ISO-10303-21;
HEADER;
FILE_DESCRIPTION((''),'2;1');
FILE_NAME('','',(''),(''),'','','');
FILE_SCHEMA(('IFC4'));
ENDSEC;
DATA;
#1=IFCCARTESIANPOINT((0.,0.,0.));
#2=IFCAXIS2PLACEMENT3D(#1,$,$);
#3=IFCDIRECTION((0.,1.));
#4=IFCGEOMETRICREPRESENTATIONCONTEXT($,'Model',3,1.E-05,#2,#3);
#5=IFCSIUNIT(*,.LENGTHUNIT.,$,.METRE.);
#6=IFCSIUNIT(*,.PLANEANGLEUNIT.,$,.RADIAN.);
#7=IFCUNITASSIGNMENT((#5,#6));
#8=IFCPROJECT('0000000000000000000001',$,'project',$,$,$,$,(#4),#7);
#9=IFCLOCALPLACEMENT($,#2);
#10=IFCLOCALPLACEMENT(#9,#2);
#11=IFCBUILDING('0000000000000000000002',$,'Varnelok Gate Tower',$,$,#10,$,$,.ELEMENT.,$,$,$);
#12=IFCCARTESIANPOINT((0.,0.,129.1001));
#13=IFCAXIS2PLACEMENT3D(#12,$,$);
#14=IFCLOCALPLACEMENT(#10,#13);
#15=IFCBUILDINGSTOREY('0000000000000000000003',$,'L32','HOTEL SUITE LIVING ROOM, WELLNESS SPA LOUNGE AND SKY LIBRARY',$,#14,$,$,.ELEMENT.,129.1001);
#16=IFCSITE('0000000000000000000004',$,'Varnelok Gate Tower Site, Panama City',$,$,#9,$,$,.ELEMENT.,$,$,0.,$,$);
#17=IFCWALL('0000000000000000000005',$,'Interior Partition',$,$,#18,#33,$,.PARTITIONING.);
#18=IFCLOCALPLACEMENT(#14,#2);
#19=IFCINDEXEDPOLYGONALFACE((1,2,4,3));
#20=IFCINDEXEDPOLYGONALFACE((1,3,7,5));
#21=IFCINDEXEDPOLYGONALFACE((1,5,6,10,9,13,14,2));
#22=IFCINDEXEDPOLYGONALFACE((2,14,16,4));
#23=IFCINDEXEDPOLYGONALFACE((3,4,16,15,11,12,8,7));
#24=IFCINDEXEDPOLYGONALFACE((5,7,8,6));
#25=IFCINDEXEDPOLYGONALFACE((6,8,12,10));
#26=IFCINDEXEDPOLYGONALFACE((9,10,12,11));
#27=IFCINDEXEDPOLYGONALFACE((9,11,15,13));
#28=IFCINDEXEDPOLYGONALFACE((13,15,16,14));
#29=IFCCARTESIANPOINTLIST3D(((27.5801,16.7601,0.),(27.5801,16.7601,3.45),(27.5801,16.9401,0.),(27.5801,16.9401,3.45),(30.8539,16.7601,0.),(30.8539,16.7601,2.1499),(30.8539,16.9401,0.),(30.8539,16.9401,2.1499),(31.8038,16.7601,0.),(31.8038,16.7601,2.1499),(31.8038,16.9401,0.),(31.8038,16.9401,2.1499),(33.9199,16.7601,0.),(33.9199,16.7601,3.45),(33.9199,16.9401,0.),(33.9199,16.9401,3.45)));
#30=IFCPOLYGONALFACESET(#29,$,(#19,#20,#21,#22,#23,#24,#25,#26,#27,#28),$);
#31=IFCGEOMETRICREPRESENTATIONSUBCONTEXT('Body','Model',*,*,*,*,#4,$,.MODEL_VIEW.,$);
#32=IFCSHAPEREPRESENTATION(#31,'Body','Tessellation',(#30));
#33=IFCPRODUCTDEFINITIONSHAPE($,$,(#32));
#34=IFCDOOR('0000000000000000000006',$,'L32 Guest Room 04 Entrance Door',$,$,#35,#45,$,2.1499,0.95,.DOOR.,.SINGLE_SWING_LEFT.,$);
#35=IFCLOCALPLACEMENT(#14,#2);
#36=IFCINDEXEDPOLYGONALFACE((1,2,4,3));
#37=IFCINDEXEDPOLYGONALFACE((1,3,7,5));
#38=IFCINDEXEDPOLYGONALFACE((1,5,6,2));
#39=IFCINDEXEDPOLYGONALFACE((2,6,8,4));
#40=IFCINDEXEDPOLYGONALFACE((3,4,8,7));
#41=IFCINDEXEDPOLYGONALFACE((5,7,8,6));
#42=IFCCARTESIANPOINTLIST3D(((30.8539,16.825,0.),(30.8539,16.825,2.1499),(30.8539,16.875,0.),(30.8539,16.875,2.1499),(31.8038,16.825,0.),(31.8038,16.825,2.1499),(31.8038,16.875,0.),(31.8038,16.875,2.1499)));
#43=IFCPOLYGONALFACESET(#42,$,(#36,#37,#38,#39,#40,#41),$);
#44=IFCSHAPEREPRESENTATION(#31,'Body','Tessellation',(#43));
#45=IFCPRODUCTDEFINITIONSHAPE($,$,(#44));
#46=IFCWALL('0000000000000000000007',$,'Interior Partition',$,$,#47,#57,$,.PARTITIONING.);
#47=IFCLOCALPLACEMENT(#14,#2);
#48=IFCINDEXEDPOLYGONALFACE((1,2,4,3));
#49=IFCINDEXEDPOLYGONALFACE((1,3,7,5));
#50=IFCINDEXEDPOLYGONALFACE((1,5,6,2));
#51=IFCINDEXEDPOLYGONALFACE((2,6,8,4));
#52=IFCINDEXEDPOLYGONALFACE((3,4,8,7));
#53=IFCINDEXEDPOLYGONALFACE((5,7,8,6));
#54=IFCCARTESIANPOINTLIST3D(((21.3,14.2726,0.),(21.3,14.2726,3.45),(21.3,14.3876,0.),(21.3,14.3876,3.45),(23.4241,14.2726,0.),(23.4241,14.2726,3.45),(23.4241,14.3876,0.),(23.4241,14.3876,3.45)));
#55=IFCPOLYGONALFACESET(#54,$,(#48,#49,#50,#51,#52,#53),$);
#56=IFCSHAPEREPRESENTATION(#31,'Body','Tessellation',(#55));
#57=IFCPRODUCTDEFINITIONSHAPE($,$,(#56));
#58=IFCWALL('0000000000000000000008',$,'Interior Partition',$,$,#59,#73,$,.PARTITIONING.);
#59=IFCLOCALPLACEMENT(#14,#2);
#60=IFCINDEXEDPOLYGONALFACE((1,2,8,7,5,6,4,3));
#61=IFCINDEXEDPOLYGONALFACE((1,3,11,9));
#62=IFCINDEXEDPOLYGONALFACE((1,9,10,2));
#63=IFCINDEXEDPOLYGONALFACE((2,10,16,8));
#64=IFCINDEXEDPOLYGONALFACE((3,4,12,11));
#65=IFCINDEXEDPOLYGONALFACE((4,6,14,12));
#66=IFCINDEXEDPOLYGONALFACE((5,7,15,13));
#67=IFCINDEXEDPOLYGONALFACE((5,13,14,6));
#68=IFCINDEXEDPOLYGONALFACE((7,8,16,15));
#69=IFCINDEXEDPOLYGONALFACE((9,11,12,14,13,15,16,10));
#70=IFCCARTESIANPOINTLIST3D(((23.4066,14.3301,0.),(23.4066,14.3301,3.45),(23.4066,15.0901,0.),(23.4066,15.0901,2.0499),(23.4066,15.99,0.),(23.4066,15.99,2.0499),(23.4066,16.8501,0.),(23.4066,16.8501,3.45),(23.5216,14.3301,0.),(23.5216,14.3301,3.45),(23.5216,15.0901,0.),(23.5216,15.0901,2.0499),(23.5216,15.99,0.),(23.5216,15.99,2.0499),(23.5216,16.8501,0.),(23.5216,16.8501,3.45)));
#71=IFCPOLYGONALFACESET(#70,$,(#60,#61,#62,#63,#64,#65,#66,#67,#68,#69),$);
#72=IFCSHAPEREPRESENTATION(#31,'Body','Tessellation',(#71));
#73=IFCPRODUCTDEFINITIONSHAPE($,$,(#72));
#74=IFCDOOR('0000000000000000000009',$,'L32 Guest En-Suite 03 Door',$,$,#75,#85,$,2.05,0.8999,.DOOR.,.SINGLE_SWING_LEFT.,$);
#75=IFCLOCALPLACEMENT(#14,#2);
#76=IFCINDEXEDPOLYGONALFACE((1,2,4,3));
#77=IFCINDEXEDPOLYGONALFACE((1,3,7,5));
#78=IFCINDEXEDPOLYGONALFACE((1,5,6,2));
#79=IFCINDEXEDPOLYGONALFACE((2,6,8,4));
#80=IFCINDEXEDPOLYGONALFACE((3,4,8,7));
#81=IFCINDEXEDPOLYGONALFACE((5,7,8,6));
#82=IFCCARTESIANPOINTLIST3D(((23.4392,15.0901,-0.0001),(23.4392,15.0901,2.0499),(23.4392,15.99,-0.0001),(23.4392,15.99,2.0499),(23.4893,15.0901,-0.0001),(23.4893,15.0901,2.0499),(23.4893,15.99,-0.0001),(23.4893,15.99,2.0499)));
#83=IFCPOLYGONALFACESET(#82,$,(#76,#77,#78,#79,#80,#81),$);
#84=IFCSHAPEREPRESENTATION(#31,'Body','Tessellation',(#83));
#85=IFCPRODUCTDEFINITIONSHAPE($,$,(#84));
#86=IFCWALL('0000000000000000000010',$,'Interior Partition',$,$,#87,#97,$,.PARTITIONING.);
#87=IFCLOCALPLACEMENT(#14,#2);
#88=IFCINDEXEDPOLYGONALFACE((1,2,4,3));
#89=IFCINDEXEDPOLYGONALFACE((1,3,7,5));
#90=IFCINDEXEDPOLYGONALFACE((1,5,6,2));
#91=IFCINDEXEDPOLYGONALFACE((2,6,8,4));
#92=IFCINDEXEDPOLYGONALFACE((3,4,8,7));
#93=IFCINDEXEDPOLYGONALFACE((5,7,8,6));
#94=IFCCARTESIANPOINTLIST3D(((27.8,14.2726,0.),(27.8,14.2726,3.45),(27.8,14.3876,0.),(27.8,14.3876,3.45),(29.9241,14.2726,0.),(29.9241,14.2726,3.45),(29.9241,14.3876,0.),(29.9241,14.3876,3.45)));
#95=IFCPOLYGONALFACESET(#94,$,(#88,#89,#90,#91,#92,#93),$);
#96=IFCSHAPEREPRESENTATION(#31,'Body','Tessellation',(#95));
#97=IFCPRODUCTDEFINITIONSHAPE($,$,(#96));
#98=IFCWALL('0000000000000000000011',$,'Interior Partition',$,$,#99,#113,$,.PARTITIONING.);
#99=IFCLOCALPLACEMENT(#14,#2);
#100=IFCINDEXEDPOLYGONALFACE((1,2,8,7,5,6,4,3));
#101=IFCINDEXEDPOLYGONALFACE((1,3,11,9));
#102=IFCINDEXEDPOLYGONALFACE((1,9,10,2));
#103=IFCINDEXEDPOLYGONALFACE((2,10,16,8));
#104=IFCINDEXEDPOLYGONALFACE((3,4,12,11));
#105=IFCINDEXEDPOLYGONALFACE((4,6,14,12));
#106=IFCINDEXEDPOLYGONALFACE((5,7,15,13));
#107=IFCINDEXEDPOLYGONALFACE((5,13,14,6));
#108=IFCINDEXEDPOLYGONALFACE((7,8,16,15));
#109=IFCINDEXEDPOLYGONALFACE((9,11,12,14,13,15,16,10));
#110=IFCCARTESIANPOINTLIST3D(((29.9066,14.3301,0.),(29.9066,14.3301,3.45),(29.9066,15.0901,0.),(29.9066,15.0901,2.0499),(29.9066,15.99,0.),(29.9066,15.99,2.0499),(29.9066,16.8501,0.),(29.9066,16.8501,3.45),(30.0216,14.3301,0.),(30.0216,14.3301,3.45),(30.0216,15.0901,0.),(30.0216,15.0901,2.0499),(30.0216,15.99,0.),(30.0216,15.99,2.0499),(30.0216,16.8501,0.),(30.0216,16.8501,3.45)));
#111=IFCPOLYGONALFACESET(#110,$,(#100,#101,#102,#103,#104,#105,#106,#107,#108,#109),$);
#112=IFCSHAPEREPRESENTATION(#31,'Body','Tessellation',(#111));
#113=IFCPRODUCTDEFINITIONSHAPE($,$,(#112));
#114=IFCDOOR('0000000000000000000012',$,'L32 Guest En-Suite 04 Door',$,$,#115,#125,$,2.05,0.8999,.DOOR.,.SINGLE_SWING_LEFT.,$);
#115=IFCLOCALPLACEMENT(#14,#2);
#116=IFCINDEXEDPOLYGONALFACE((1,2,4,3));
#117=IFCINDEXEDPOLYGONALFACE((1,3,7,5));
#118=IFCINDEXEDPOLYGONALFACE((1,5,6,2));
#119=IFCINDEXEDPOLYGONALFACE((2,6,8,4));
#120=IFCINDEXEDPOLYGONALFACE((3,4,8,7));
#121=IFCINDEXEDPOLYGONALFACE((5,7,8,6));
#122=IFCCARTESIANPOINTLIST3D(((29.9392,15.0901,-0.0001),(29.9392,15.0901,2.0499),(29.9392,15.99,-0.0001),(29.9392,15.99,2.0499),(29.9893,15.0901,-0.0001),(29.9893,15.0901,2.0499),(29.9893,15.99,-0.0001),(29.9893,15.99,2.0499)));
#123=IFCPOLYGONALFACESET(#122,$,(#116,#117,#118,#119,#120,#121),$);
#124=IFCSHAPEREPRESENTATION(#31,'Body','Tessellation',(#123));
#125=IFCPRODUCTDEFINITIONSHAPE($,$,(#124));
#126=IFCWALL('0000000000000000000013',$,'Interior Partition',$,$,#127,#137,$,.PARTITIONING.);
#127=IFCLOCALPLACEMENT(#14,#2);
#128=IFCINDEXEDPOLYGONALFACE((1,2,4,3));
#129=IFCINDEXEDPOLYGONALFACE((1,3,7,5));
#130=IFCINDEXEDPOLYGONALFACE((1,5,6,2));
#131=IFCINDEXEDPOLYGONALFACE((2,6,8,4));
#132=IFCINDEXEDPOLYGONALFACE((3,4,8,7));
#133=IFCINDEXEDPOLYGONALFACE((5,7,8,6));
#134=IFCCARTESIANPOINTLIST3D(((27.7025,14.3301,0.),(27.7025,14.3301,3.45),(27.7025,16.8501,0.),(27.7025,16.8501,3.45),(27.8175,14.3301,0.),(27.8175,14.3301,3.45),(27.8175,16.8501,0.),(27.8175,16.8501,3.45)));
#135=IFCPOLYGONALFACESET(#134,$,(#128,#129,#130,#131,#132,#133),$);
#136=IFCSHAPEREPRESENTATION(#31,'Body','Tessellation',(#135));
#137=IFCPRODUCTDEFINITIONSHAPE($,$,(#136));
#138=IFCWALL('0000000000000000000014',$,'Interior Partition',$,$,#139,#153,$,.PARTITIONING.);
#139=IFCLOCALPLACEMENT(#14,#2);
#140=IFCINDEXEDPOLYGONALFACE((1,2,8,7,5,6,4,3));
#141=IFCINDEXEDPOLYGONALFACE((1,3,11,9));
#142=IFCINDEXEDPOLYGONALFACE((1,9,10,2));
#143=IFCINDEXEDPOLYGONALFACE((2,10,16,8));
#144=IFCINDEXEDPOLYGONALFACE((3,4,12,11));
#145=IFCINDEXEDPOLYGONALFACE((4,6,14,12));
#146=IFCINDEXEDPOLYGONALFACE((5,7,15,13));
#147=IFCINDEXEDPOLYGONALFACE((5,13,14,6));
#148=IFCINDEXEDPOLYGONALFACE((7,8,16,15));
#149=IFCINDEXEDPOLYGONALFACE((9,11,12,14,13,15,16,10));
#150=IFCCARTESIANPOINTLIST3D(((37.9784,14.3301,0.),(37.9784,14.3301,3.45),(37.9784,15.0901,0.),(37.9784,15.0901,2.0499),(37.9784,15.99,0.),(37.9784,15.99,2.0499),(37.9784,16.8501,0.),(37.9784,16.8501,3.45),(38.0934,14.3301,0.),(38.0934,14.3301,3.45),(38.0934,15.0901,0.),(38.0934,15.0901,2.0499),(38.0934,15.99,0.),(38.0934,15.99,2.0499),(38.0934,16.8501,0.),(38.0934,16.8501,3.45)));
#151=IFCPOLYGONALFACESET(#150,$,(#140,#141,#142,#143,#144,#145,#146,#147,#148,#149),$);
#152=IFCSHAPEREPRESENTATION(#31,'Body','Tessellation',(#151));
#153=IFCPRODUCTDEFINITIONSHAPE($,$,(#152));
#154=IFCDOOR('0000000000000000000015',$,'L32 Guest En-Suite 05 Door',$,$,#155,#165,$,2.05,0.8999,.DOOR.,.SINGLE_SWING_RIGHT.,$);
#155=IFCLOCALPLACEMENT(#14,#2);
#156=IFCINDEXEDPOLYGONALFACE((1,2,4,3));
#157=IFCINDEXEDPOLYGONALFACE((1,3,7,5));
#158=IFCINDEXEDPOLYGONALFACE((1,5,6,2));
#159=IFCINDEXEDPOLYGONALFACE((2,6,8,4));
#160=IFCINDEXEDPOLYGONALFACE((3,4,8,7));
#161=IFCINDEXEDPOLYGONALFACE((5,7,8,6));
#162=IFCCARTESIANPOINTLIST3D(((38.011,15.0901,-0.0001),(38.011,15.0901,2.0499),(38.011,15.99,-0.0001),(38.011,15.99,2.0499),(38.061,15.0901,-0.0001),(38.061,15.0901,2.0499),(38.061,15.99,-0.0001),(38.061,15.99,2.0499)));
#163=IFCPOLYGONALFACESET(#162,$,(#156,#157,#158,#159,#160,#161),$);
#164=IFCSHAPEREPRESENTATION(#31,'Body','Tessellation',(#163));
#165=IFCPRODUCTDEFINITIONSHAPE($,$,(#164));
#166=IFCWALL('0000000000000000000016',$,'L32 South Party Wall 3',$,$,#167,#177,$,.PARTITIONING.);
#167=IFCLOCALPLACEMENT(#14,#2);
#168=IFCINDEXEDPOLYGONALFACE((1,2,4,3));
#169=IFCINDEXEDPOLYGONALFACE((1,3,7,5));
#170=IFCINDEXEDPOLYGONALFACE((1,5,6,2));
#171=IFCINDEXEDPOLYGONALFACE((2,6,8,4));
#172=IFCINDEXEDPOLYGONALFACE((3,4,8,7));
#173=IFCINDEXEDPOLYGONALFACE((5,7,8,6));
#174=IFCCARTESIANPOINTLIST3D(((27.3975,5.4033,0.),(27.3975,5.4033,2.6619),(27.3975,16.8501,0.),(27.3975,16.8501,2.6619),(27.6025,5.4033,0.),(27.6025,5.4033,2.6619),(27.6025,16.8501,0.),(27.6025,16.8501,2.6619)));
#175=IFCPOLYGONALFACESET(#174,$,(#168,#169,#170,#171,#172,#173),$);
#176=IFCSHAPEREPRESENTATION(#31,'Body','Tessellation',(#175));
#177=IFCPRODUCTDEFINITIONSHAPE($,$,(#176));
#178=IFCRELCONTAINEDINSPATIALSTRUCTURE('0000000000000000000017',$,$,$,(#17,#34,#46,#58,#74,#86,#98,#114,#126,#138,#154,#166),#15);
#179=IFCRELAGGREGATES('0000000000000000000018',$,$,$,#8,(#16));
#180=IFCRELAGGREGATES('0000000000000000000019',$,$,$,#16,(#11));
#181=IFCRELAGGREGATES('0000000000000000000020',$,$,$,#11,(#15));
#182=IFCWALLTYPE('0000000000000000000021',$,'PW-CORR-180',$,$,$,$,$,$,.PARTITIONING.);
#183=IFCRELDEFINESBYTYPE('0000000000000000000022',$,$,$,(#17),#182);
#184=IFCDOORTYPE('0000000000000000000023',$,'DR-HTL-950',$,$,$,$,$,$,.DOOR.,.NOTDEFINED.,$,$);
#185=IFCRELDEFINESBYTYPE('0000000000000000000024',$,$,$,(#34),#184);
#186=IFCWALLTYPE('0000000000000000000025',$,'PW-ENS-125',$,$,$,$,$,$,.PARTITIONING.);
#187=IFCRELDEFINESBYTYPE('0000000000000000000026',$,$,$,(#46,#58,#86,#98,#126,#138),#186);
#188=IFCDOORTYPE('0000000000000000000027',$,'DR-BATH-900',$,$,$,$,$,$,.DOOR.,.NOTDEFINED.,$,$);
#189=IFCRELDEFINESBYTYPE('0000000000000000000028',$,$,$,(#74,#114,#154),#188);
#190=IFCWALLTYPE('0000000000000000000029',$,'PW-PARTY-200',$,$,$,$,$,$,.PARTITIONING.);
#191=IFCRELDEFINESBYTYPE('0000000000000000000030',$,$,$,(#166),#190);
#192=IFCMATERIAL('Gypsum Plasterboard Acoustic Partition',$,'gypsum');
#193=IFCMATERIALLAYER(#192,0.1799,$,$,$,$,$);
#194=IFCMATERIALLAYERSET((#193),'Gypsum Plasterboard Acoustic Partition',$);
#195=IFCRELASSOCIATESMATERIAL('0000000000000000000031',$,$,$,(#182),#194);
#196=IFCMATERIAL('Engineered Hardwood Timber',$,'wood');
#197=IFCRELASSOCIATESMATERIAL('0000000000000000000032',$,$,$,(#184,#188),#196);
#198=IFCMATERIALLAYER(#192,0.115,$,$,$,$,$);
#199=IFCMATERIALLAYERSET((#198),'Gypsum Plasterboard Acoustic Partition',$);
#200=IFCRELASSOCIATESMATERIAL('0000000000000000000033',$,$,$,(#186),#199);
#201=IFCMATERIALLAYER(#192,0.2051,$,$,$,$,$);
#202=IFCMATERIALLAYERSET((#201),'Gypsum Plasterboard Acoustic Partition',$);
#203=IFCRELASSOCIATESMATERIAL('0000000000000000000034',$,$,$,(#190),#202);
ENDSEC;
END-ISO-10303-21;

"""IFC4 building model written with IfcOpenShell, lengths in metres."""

from ifc_helpers import new_model, si_unit, direction, frame, frame_2d, origin, place, context, subcontext, project, spatial, rectangle, extrude, material, layer, layer_set, type_object, element, fill, save


model = new_model("IFC4")

# Units and contexts
model_context = context("Model", 3, precision=1e-05, world=origin(), true_north=direction((0.0, 1.0)))
body_context = subcontext(model_context, "Body", "Model", "MODEL_VIEW")
ifc_project = project(units=[si_unit("LENGTHUNIT", "METRE"), si_unit("PLANEANGLEUNIT", "RADIAN")], contexts=[model_context])

# Site, building, storey
site_placement = place(None, origin())
site = spatial("IfcSite", under=ifc_project, at=site_placement, Name="Varnelok Gate Tower Site, Panama City", CompositionType="ELEMENT", RefElevation=0.0)
building_placement = place(site_placement, origin())
building = spatial("IfcBuilding", under=site, at=building_placement, Name="Varnelok Gate Tower", CompositionType="ELEMENT")
storey_placement = place(building_placement, frame((0.0, 0.0, 129.1001)))
storey = spatial("IfcBuildingStorey", under=building, at=storey_placement, Name="L32", Description="HOTEL SUITE LIVING ROOM, WELLNESS SPA LOUNGE AND SKY LIBRARY", CompositionType="ELEMENT", Elevation=129.1001)

# Wall, opening, door
ifc_material_1 = material(Name="Gypsum Plasterboard Acoustic Partition", Category="gypsum")
ifc_layer_1 = layer(ifc_material_1, 0.1799)
ifc_layer_set_1 = layer_set([ifc_layer_1], Name="Gypsum Plasterboard Acoustic Partition")
wall_type_1 = type_object("IfcWallType", Name="PW-CORR-180", PredefinedType="PARTITIONING", material=ifc_layer_set_1)
wall_1_placement = place(storey_placement, frame((27.5801, 16.8501, 0.0), z_axis=(0.0, 0.0, 1.0), x_axis=(1.0, 0.0, 0.0)))
wall_1 = element("IfcWall", 1, at=wall_1_placement, inside=storey, type_object=wall_type_1, Name="Interior Partition", PredefinedType="PARTITIONING", context=body_context, shape_type="SweptSolid", body=[
    extrude(rectangle(XDim=6.3398, YDim=0.1799, at=frame_2d((3.1699, 0.0))), origin(), (0.0, 0.0, 1.0), 3.45),
])
opening_1_placement = place(wall_1_placement, frame((3.2737, 0.0, 0.0)))
opening_1 = element("IfcOpeningElement", 2, at=opening_1_placement, cuts=wall_1, PredefinedType="OPENING", context=body_context, shape_type="SweptSolid", body=[
    extrude(rectangle(XDim=0.95, YDim=2.1499, at=frame_2d((0.4751, 1.075))), frame((0.0, 0.0999, 0.0), z_axis=(0.0, -1.0, 0.0), x_axis=(1.0, 0.0, 0.0)), (0.0, 0.0, 1.0), 0.2),
])
ifc_material_2 = material(Name="Engineered Hardwood Timber", Category="wood")
door_type_1 = type_object("IfcDoorType", Name="DR-HTL-950", OperationType="NOTDEFINED", PredefinedType="DOOR", material=ifc_material_2)
door_1_placement = place(opening_1_placement, origin())
door_1 = element("IfcDoor", 3, at=door_1_placement, inside=storey, type_object=door_type_1, Name="L32 Guest Room 04 Entrance Door", OperationType="SINGLE_SWING_LEFT", OverallHeight=2.1499, OverallWidth=0.95, PredefinedType="DOOR", context=body_context, shape_type="SweptSolid", body=[
    extrude(rectangle(XDim=0.95, YDim=2.1499, at=frame_2d((0.4751, 1.075))), frame((0.0, 0.0249, 0.0), z_axis=(0.0, -1.0, 0.0), x_axis=(1.0, 0.0, 0.0)), (0.0, 0.0, 1.0), 0.05),
])
fill(opening_1, door_1)

# Wall
ifc_layer_2 = layer(ifc_material_1, 0.115)
ifc_layer_set_2 = layer_set([ifc_layer_2], Name="Gypsum Plasterboard Acoustic Partition")
wall_type_2 = type_object("IfcWallType", Name="PW-ENS-125", PredefinedType="PARTITIONING", material=ifc_layer_set_2)
wall_2_placement = place(storey_placement, frame((21.3, 14.3301, 0.0), z_axis=(0.0, 0.0, 1.0), x_axis=(1.0, 0.0, 0.0)))
element("IfcWall", 4, at=wall_2_placement, inside=storey, type_object=wall_type_2, Name="Interior Partition", PredefinedType="PARTITIONING", context=body_context, shape_type="SweptSolid", body=[
    extrude(rectangle(XDim=2.124, YDim=0.115, at=frame_2d((1.062, 0.0))), origin(), (0.0, 0.0, 1.0), 3.45),
])

# Wall, opening, door
wall_3_placement = place(storey_placement, frame((23.4641, 14.3301, 0.0), z_axis=(0.0, 0.0, 1.0), x_axis=(0.0, 1.0, 0.0)))
wall_3 = element("IfcWall", 5, at=wall_3_placement, inside=storey, type_object=wall_type_2, Name="Interior Partition", PredefinedType="PARTITIONING", context=body_context, shape_type="SweptSolid", body=[
    extrude(rectangle(XDim=2.52, YDim=0.115, at=frame_2d((1.26, 0.0))), origin(), (0.0, 0.0, 1.0), 3.45),
])
opening_2_placement = place(wall_3_placement, frame((0.76, 0.0, 0.0)))
opening_2 = element("IfcOpeningElement", 6, at=opening_2_placement, cuts=wall_3, PredefinedType="OPENING", context=body_context, shape_type="SweptSolid", body=[
    extrude(rectangle(XDim=0.8999, YDim=2.05, at=frame_2d((0.45, 1.0249))), frame((0.0, 0.0674, 0.0), z_axis=(0.0, -1.0, 0.0), x_axis=(1.0, 0.0, 0.0)), (0.0, 0.0, 1.0), 0.135),
])
door_type_2 = type_object("IfcDoorType", Name="DR-BATH-900", OperationType="NOTDEFINED", PredefinedType="DOOR", material=ifc_material_2)
door_2_placement = place(opening_2_placement, origin())
door_2 = element("IfcDoor", 7, at=door_2_placement, inside=storey, type_object=door_type_2, Name="L32 Guest En-Suite 03 Door", OperationType="SINGLE_SWING_LEFT", OverallHeight=2.05, OverallWidth=0.8999, PredefinedType="DOOR", context=body_context, shape_type="SweptSolid", body=[
    extrude(rectangle(XDim=0.8999, YDim=2.05, at=frame_2d((0.45, 1.0249))), frame((0.0, 0.0249, 0.0), z_axis=(0.0, -1.0, 0.0), x_axis=(1.0, 0.0, 0.0)), (0.0, 0.0, 1.0), 0.05),
])
fill(opening_2, door_2)

# Wall
wall_4_placement = place(storey_placement, frame((27.8, 14.3301, 0.0), z_axis=(0.0, 0.0, 1.0), x_axis=(1.0, 0.0, 0.0)))
element("IfcWall", 8, at=wall_4_placement, inside=storey, type_object=wall_type_2, Name="Interior Partition", PredefinedType="PARTITIONING", context=body_context, shape_type="SweptSolid", body=[
    extrude(rectangle(XDim=2.124, YDim=0.115, at=frame_2d((1.062, 0.0))), origin(), (0.0, 0.0, 1.0), 3.45),
])

# Wall, opening, door
wall_5_placement = place(storey_placement, frame((29.9641, 14.3301, 0.0), z_axis=(0.0, 0.0, 1.0), x_axis=(0.0, 1.0, 0.0)))
wall_5 = element("IfcWall", 9, at=wall_5_placement, inside=storey, type_object=wall_type_2, Name="Interior Partition", PredefinedType="PARTITIONING", context=body_context, shape_type="SweptSolid", body=[
    extrude(rectangle(XDim=2.52, YDim=0.115, at=frame_2d((1.26, 0.0))), origin(), (0.0, 0.0, 1.0), 3.45),
])
opening_3_placement = place(wall_5_placement, frame((0.76, 0.0, 0.0)))
opening_3 = element("IfcOpeningElement", 10, at=opening_3_placement, cuts=wall_5, PredefinedType="OPENING", context=body_context, shape_type="SweptSolid", body=[
    extrude(rectangle(XDim=0.8999, YDim=2.05, at=frame_2d((0.45, 1.0249))), frame((0.0, 0.0674, 0.0), z_axis=(0.0, -1.0, 0.0), x_axis=(1.0, 0.0, 0.0)), (0.0, 0.0, 1.0), 0.135),
])
door_3_placement = place(opening_3_placement, origin())
door_3 = element("IfcDoor", 11, at=door_3_placement, inside=storey, type_object=door_type_2, Name="L32 Guest En-Suite 04 Door", OperationType="SINGLE_SWING_LEFT", OverallHeight=2.05, OverallWidth=0.8999, PredefinedType="DOOR", context=body_context, shape_type="SweptSolid", body=[
    extrude(rectangle(XDim=0.8999, YDim=2.05, at=frame_2d((0.45, 1.0249))), frame((0.0, 0.0249, 0.0), z_axis=(0.0, -1.0, 0.0), x_axis=(1.0, 0.0, 0.0)), (0.0, 0.0, 1.0), 0.05),
])
fill(opening_3, door_3)

# Wall
wall_6_placement = place(storey_placement, frame((27.76, 14.3301, 0.0), z_axis=(0.0, 0.0, 1.0), x_axis=(0.0, 1.0, 0.0)))
element("IfcWall", 12, at=wall_6_placement, inside=storey, type_object=wall_type_2, Name="Interior Partition", PredefinedType="PARTITIONING", context=body_context, shape_type="SweptSolid", body=[
    extrude(rectangle(XDim=2.52, YDim=0.115, at=frame_2d((1.26, 0.0))), origin(), (0.0, 0.0, 1.0), 3.45),
])

# Wall, opening, door
wall_7_placement = place(storey_placement, frame((38.0359, 14.3301, 0.0), z_axis=(0.0, 0.0, 1.0), x_axis=(0.0, 1.0, 0.0)))
wall_7 = element("IfcWall", 13, at=wall_7_placement, inside=storey, type_object=wall_type_2, Name="Interior Partition", PredefinedType="PARTITIONING", context=body_context, shape_type="SweptSolid", body=[
    extrude(rectangle(XDim=2.52, YDim=0.115, at=frame_2d((1.26, 0.0))), origin(), (0.0, 0.0, 1.0), 3.45),
])
opening_4_placement = place(wall_7_placement, frame((0.76, 0.0, 0.0)))
opening_4 = element("IfcOpeningElement", 14, at=opening_4_placement, cuts=wall_7, PredefinedType="OPENING", context=body_context, shape_type="SweptSolid", body=[
    extrude(rectangle(XDim=0.8999, YDim=2.05, at=frame_2d((0.45, 1.0249))), frame((0.0, 0.0674, 0.0), z_axis=(0.0, -1.0, 0.0), x_axis=(1.0, 0.0, 0.0)), (0.0, 0.0, 1.0), 0.135),
])
door_4_placement = place(opening_4_placement, origin())
door_4 = element("IfcDoor", 15, at=door_4_placement, inside=storey, type_object=door_type_2, Name="L32 Guest En-Suite 05 Door", OperationType="SINGLE_SWING_RIGHT", OverallHeight=2.05, OverallWidth=0.8999, PredefinedType="DOOR", context=body_context, shape_type="SweptSolid", body=[
    extrude(rectangle(XDim=0.8999, YDim=2.05, at=frame_2d((0.45, 1.0249))), frame((0.0, 0.0249, 0.0), z_axis=(0.0, -1.0, 0.0), x_axis=(1.0, 0.0, 0.0)), (0.0, 0.0, 1.0), 0.05),
])
fill(opening_4, door_4)

# Wall
ifc_layer_3 = layer(ifc_material_1, 0.2051)
ifc_layer_set_3 = layer_set([ifc_layer_3], Name="Gypsum Plasterboard Acoustic Partition")
wall_type_3 = type_object("IfcWallType", Name="PW-PARTY-200", PredefinedType="PARTITIONING", material=ifc_layer_set_3)
wall_8_placement = place(storey_placement, frame((27.5, 5.4033, 0.0), z_axis=(0.0, 0.0, 1.0), x_axis=(0.0, 1.0, 0.0)))
element("IfcWall", 16, at=wall_8_placement, inside=storey, type_object=wall_type_3, Name="L32 South Party Wall 3", PredefinedType="PARTITIONING", context=body_context, shape_type="SweptSolid", body=[
    extrude(rectangle(XDim=11.4468, YDim=0.2051, at=frame_2d((5.7234, 0.0))), origin(), (0.0, 0.0, 1.0), 2.6619),
])

save(model, "model.ifc")
